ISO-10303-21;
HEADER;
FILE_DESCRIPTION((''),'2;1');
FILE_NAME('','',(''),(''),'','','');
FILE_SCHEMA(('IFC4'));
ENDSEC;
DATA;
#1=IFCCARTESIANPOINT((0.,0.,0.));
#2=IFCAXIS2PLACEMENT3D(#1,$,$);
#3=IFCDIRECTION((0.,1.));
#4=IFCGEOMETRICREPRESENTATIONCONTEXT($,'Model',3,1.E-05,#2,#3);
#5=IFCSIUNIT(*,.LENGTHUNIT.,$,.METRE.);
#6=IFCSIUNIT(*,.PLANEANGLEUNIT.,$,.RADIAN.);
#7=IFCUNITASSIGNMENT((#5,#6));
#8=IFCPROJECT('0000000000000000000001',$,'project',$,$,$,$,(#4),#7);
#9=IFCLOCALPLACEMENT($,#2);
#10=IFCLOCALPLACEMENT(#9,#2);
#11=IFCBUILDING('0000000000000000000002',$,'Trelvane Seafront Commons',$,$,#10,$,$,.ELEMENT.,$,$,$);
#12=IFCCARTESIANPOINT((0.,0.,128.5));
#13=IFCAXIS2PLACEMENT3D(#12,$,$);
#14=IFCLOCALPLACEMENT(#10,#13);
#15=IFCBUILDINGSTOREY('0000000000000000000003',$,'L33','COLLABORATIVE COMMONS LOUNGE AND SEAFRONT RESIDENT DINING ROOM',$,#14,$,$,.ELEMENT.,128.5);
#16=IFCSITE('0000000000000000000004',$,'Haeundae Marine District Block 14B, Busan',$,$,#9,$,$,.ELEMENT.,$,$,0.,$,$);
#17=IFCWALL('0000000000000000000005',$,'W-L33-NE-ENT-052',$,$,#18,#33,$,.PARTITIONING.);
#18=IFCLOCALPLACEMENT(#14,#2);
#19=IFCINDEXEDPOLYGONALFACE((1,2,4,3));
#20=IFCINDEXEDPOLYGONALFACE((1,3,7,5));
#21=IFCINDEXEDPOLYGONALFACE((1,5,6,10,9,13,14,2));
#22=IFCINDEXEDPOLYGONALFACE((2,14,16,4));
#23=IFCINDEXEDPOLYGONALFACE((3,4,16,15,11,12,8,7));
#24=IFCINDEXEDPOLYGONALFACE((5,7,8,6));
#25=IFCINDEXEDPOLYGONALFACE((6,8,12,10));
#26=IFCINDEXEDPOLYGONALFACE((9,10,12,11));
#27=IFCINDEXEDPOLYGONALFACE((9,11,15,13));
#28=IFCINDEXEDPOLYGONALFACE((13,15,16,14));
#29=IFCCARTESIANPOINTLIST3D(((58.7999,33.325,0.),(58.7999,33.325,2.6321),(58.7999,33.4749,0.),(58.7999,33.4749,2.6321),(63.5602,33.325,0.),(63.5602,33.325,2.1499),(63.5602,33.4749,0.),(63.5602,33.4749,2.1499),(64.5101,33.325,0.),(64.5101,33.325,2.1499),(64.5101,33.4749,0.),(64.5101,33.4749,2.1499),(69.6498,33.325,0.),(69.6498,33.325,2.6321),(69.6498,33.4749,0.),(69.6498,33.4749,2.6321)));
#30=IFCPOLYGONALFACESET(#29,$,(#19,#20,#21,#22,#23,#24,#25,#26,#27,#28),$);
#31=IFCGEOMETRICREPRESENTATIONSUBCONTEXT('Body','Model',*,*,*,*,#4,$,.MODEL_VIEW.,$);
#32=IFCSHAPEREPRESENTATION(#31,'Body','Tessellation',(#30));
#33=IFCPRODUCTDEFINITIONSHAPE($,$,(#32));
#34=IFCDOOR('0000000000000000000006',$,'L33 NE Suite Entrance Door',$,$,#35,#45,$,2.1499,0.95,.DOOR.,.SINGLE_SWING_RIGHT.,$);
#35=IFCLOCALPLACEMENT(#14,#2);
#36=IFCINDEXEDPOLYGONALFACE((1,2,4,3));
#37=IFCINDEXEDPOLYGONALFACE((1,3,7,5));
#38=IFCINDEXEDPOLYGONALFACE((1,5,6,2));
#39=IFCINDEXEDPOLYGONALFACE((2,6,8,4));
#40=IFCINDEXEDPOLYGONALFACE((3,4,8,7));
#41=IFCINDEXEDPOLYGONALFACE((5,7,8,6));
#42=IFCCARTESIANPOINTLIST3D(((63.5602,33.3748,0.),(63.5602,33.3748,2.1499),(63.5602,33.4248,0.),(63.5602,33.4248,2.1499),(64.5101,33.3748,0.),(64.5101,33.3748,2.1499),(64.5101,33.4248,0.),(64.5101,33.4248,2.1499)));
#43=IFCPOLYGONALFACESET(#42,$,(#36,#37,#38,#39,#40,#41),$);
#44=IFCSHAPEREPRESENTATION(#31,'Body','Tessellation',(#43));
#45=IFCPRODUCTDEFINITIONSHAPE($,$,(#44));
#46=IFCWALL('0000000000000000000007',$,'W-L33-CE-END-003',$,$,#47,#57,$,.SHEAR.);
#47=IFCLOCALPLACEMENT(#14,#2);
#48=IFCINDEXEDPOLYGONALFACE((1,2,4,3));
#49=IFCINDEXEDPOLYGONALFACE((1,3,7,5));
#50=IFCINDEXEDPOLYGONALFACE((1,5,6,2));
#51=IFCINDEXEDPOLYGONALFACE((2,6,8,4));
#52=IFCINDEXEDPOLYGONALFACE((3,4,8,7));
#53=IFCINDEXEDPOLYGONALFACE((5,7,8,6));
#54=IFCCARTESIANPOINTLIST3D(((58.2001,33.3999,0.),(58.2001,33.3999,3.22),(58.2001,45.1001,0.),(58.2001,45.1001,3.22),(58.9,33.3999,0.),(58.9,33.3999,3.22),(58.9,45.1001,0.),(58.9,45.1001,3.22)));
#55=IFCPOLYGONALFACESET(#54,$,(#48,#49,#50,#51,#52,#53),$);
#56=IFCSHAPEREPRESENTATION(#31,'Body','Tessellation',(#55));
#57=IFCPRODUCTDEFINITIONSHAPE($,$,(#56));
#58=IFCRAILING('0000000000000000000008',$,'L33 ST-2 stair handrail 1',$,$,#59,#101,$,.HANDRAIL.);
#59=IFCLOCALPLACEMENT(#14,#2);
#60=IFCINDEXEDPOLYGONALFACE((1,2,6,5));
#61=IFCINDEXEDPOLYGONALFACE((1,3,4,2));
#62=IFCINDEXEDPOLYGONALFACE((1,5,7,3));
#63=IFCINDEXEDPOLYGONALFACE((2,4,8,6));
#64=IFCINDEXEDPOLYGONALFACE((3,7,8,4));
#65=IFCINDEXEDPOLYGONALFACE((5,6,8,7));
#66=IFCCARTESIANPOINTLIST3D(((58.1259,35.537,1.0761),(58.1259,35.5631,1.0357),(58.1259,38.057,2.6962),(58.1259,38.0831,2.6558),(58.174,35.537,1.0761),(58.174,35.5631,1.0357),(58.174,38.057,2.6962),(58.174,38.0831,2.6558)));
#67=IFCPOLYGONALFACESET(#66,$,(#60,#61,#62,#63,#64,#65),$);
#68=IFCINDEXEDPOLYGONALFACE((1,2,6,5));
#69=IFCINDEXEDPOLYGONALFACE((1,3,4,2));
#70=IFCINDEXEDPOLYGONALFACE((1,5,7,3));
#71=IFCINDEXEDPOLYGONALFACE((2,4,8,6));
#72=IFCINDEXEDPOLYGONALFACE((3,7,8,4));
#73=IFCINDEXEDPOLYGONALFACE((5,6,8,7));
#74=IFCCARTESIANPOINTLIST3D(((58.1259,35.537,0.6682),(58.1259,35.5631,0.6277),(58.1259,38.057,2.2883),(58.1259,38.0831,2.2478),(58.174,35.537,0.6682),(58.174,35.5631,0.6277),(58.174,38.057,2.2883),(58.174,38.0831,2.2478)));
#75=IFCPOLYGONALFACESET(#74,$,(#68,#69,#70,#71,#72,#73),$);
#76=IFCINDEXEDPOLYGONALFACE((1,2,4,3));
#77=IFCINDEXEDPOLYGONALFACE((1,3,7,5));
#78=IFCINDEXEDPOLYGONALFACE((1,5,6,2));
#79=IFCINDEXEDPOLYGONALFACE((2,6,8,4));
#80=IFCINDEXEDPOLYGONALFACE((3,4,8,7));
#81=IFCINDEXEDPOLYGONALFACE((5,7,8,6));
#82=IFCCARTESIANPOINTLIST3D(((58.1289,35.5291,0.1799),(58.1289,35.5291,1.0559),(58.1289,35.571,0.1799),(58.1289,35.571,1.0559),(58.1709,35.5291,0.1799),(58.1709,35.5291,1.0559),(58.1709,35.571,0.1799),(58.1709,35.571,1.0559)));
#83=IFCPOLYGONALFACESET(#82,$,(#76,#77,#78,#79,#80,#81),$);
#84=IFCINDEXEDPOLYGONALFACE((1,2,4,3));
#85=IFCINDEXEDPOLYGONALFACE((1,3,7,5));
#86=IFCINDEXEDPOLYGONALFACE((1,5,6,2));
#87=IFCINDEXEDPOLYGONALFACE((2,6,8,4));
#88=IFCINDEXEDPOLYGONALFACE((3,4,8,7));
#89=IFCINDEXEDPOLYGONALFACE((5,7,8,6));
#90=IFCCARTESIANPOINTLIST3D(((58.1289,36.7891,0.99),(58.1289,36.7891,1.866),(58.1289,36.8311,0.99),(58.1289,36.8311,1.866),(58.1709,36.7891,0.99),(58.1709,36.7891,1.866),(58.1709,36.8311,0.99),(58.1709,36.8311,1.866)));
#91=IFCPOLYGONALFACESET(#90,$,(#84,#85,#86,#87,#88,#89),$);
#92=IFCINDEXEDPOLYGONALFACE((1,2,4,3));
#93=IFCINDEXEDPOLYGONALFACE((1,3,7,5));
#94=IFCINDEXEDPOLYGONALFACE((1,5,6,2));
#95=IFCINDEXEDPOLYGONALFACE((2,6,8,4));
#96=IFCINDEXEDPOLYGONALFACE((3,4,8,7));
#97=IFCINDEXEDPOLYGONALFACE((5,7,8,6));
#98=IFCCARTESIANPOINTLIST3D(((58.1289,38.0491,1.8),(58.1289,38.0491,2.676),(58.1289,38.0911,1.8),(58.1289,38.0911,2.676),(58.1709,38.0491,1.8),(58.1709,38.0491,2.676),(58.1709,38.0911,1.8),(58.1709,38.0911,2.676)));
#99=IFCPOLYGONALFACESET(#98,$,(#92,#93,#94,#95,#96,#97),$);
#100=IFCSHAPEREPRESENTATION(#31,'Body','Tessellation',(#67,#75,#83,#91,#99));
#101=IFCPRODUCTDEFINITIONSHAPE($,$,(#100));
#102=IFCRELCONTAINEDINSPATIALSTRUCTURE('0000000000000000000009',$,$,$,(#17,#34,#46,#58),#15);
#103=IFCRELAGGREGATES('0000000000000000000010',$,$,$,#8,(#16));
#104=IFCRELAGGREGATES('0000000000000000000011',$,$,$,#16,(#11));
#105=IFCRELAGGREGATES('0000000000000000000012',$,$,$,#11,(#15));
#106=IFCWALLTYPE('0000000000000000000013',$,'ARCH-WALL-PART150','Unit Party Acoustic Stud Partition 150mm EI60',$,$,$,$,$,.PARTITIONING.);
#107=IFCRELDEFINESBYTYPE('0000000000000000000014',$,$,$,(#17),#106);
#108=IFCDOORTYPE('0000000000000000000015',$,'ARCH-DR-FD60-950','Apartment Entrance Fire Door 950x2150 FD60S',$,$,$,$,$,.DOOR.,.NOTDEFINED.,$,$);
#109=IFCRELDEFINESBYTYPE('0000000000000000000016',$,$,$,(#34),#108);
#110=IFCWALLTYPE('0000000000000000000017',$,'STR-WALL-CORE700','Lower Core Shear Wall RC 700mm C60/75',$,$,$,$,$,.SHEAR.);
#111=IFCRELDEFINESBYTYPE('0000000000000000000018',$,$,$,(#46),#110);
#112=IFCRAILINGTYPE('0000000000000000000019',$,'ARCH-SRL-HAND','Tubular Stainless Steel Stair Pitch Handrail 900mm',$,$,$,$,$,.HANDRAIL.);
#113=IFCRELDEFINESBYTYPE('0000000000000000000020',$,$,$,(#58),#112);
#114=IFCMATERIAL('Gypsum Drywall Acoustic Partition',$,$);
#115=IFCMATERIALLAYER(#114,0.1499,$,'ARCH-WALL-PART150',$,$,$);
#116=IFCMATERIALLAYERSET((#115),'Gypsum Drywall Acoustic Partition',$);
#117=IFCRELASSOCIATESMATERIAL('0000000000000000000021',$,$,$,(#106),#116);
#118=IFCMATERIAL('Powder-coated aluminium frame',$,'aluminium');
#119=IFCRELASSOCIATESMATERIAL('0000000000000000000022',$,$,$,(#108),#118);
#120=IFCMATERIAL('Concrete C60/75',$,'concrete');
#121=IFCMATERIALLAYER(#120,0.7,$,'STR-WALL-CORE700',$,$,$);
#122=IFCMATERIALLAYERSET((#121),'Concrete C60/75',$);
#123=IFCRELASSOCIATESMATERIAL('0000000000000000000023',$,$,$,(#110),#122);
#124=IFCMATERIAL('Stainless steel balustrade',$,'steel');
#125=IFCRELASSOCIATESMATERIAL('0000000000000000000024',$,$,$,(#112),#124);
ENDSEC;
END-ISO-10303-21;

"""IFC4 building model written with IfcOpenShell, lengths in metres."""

from ifc_helpers import new_model, si_unit, direction, frame, frame_2d, origin, origin_2d, place, context, subcontext, project, spatial, rectangle, extrude, source, transform, mapped, material, layer, layer_set, type_object, element, fill, save


model = new_model("IFC4")

# Units and contexts
model_context = context("Model", 3, precision=1e-05, world=origin(), true_north=direction((0.0, 1.0)))
body_context = subcontext(model_context, "Body", "Model", "MODEL_VIEW")
ifc_project = project(units=[si_unit("LENGTHUNIT", "METRE"), si_unit("PLANEANGLEUNIT", "RADIAN")], contexts=[model_context])

# Site, building, storey
site_placement = place(None, origin())
site = spatial("IfcSite", under=ifc_project, at=site_placement, Name="Haeundae Marine District Block 14B, Busan", CompositionType="ELEMENT", RefElevation=0.0)
building_placement = place(site_placement, origin())
building = spatial("IfcBuilding", under=site, at=building_placement, Name="Trelvane Seafront Commons", CompositionType="ELEMENT")
storey_placement = place(building_placement, frame((0.0, 0.0, 128.5)))
storey = spatial("IfcBuildingStorey", under=building, at=storey_placement, Name="L33", Description="COLLABORATIVE COMMONS LOUNGE AND SEAFRONT RESIDENT DINING ROOM", CompositionType="ELEMENT", Elevation=128.5)

# Shared definitions
ifc_material_1 = material(Name="Concrete C60/75", Category="concrete")

# Wall, opening, door
ifc_material_2 = material(Name="Gypsum Drywall Acoustic Partition")
ifc_layer_1 = layer(ifc_material_2, 0.1499, Name="ARCH-WALL-PART150")
ifc_layer_set_1 = layer_set([ifc_layer_1], Name="Gypsum Drywall Acoustic Partition")
wall_type_1 = type_object("IfcWallType", Name="ARCH-WALL-PART150", Description="Unit Party Acoustic Stud Partition 150mm EI60", PredefinedType="PARTITIONING", material=ifc_layer_set_1)
wall_1_placement = place(storey_placement, frame((58.8, 33.3999, 0.0), z_axis=(0.0, 0.0, 1.0), x_axis=(1.0, 0.0, 0.0)))
wall_1 = element("IfcWall", 1, at=wall_1_placement, inside=storey, type_object=wall_type_1, Name="W-L33-NE-ENT-052", PredefinedType="PARTITIONING", context=body_context, shape_type="SweptSolid", body=[
    extrude(rectangle(XDim=10.8499, YDim=0.1499, at=frame_2d((5.4248, 0.0))), origin(), (0.0, 0.0, 1.0), 2.6321),
])
opening_1_placement = place(wall_1_placement, frame((4.76, 0.0, 0.0)))
opening_1 = element("IfcOpeningElement", 2, at=opening_1_placement, cuts=wall_1, PredefinedType="OPENING", context=body_context, shape_type="SweptSolid", body=[
    extrude(rectangle(XDim=0.95, YDim=2.1499, at=frame_2d((0.4751, 1.075))), frame((0.0, 0.085, 0.0), z_axis=(0.0, -1.0, 0.0), x_axis=(1.0, 0.0, 0.0)), (0.0, 0.0, 1.0), 0.1699),
])
ifc_material_3 = material(Name="Powder-coated aluminium frame", Category="aluminium")
door_type = type_object("IfcDoorType", Name="ARCH-DR-FD60-950", Description="Apartment Entrance Fire Door 950x2150 FD60S", OperationType="NOTDEFINED", PredefinedType="DOOR", material=ifc_material_3)
shared_shape_1 = source(origin(), body_context, "Body", "SweptSolid", [
    extrude(rectangle(XDim=0.95, YDim=2.1499, at=frame_2d((0.4751, 1.075))), frame((0.0, 0.0249, 0.0), z_axis=(0.0, -1.0, 0.0), x_axis=(1.0, 0.0, 0.0)), (0.0, 0.0, 1.0), 0.05),
])
door_1_placement = place(opening_1_placement, origin())
door_1 = element("IfcDoor", 3, at=door_1_placement, inside=storey, type_object=door_type, Name="L33 NE Suite Entrance Door", OperationType="SINGLE_SWING_RIGHT", OverallHeight=2.1499, OverallWidth=0.95, PredefinedType="DOOR", context=body_context, shape_type="MappedRepresentation", body=[
    mapped(shared_shape_1, transform((0.0, 0.0, 0.0), x_axis=(1.0, 0.0, 0.0), y_axis=(0.0, 1.0, 0.0), z_axis=(0.0, 0.0, 1.0), scale=1.0)),
])
fill(opening_1, door_1)

# Wall
ifc_layer_2 = layer(ifc_material_1, 0.7, Name="STR-WALL-CORE700")
ifc_layer_set_2 = layer_set([ifc_layer_2], Name="Concrete C60/75")
wall_type_2 = type_object("IfcWallType", Name="STR-WALL-CORE700", Description="Lower Core Shear Wall RC 700mm C60/75", PredefinedType="SHEAR", material=ifc_layer_set_2)
wall_2_placement = place(storey_placement, frame((58.55, 33.3999, 0.0), z_axis=(0.0, 0.0, 1.0), x_axis=(0.0, 1.0, 0.0)))
element("IfcWall", 4, at=wall_2_placement, inside=storey, type_object=wall_type_2, Name="W-L33-CE-END-003", PredefinedType="SHEAR", context=body_context, shape_type="SweptSolid", body=[
    extrude(rectangle(XDim=11.7002, YDim=0.7, at=frame_2d((5.8501, 0.0))), origin(), (0.0, 0.0, 1.0), 3.22),
])

# Railing
ifc_material_4 = material(Name="Stainless steel balustrade", Category="steel")
railing_type = type_object("IfcRailingType", Name="ARCH-SRL-HAND", Description="Tubular Stainless Steel Stair Pitch Handrail 900mm", PredefinedType="HANDRAIL", material=ifc_material_4)
railing_placement = place(storey_placement, frame((58.1499, 35.55, 0.1799)))
element("IfcRailing", 5, at=railing_placement, inside=storey, type_object=railing_type, Name="L33 ST-2 stair handrail 1", PredefinedType="HANDRAIL", context=body_context, shape_type="SweptSolid", body=[
    extrude(rectangle(XDim=0.0481, YDim=0.0481, at=origin_2d()), frame((0.0, 0.0, 0.876), z_axis=(0.0, 0.841163, 0.540782), x_axis=(-1.0, 0.0, 0.0)), (0.0, 0.0, 1.0), 2.9958),
    extrude(rectangle(XDim=0.0481, YDim=0.0481, at=origin_2d()), frame((0.0, 0.0, 0.468), z_axis=(0.0, 0.841163, 0.540782), x_axis=(-1.0, 0.0, 0.0)), (0.0, 0.0, 1.0), 2.9958),
    extrude(rectangle(XDim=0.042, YDim=0.042, at=origin_2d()), origin(), (0.0, 0.0, 1.0), 0.876),
    extrude(rectangle(XDim=0.042, YDim=0.042, at=origin_2d()), frame((0.0, 1.26, 0.8101)), (0.0, 0.0, 1.0), 0.876),
    extrude(rectangle(XDim=0.042, YDim=0.042, at=origin_2d()), frame((0.0, 2.52, 1.6201)), (0.0, 0.0, 1.0), 0.876),
])

save(model, "model.ifc")
